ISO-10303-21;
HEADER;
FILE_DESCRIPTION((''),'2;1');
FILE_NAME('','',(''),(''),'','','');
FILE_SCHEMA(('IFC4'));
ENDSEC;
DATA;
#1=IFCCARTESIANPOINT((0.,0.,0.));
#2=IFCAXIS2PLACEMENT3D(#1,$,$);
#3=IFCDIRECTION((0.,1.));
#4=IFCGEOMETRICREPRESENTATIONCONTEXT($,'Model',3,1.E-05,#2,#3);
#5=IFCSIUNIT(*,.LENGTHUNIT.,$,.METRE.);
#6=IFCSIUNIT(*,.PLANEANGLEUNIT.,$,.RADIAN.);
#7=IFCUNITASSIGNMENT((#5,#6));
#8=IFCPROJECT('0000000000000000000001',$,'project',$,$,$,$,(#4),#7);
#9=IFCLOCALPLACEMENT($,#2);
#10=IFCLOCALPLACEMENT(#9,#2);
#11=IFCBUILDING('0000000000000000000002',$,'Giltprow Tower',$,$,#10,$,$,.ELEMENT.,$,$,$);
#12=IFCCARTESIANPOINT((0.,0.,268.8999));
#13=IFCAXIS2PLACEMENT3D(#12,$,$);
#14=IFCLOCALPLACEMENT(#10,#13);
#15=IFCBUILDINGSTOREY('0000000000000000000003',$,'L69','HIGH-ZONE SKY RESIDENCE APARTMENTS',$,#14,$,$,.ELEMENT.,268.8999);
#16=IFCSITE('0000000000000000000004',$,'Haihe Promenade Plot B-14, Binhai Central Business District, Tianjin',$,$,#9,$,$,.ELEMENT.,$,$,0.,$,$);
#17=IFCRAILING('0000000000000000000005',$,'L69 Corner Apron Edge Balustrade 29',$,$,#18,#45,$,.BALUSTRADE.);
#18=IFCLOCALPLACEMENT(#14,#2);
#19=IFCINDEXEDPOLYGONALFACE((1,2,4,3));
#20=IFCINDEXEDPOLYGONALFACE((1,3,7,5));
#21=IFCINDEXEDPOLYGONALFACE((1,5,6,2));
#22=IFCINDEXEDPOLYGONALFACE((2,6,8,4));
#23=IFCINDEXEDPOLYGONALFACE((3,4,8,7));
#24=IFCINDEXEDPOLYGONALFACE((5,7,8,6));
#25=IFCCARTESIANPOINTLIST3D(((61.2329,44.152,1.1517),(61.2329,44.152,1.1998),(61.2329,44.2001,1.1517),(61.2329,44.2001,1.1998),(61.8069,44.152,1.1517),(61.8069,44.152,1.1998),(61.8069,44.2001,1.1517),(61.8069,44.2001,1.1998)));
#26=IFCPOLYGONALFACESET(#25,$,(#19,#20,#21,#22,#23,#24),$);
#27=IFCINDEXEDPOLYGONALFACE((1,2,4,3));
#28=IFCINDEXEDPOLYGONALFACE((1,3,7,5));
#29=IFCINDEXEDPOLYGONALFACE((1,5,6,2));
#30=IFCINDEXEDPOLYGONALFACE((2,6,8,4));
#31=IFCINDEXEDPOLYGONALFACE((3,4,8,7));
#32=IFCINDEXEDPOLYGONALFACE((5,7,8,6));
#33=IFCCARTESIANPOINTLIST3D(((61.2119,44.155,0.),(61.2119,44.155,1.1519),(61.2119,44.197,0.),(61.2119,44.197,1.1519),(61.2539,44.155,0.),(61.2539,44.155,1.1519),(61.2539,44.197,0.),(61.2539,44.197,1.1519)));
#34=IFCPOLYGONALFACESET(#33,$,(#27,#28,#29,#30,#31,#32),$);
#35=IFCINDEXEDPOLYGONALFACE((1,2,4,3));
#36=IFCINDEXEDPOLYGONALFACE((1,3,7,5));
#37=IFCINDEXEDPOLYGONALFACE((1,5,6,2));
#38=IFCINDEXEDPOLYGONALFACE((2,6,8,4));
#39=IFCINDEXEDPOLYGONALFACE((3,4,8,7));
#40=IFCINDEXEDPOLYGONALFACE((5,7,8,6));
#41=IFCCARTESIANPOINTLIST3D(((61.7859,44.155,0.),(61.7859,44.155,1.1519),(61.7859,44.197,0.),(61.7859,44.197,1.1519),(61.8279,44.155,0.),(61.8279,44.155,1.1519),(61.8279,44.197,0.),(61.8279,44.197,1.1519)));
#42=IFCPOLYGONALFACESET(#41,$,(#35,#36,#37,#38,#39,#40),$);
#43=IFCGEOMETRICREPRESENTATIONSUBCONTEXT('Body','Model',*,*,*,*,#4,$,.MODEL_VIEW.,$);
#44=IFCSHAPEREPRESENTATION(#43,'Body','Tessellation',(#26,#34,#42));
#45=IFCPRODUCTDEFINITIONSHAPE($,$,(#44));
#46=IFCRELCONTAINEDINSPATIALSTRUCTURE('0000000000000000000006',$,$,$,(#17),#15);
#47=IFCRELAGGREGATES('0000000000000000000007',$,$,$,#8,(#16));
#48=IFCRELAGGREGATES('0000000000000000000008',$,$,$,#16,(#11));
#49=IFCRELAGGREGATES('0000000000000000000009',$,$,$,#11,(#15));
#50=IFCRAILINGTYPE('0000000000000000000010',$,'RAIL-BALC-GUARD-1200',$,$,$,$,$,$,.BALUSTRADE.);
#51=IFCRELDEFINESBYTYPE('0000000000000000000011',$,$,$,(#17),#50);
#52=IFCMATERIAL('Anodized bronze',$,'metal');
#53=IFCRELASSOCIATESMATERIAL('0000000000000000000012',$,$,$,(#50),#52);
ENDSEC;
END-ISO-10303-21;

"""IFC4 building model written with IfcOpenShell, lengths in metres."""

from ifc_helpers import new_model, si_unit, direction, frame, origin, origin_2d, place, context, subcontext, project, spatial, rectangle, extrude, material, type_object, element, save


model = new_model("IFC4")

# Units and contexts
model_context = context("Model", 3, precision=1e-05, world=origin(), true_north=direction((0.0, 1.0)))
body_context = subcontext(model_context, "Body", "Model", "MODEL_VIEW")
ifc_project = project(units=[si_unit("LENGTHUNIT", "METRE"), si_unit("PLANEANGLEUNIT", "RADIAN")], contexts=[model_context])

# Site, building, storey
site_placement = place(None, origin())
site = spatial("IfcSite", under=ifc_project, at=site_placement, Name="Haihe Promenade Plot B-14, Binhai Central Business District, Tianjin", CompositionType="ELEMENT", RefElevation=0.0)
building_placement = place(site_placement, origin())
building = spatial("IfcBuilding", under=site, at=building_placement, Name="Giltprow Tower", CompositionType="ELEMENT")
storey_placement = place(building_placement, frame((0.0, 0.0, 268.8999)))
storey = spatial("IfcBuildingStorey", under=building, at=storey_placement, Name="L69", Description="HIGH-ZONE SKY RESIDENCE APARTMENTS", CompositionType="ELEMENT", Elevation=268.8999)

# Railing
ifc_material_1 = material(Name="Anodized bronze", Category="metal")
railing_type = type_object("IfcRailingType", Name="RAIL-BALC-GUARD-1200", PredefinedType="BALUSTRADE", material=ifc_material_1)
railing_1_placement = place(storey_placement, frame((61.2329, 44.176, 0.0)))
element("IfcRailing", 1, at=railing_1_placement, inside=storey, type_object=railing_type, Name="L69 Corner Apron Edge Balustrade 29", PredefinedType="BALUSTRADE", context=body_context, shape_type="SweptSolid", body=[
    extrude(rectangle(XDim=0.0481, YDim=0.0481, at=origin_2d()), frame((0.0, 0.0, 1.1758), z_axis=(1.0, 0.0, 0.0), x_axis=(0.0, 1.0, 0.0)), (0.0, 0.0, 1.0), 0.574),
    extrude(rectangle(XDim=0.042, YDim=0.042, at=origin_2d()), origin(), (0.0, 0.0, 1.0), 1.1519),
    extrude(rectangle(XDim=0.042, YDim=0.042, at=origin_2d()), frame((0.574, 0.0, 0.0)), (0.0, 0.0, 1.0), 1.1519),
])

save(model, "model.ifc")
